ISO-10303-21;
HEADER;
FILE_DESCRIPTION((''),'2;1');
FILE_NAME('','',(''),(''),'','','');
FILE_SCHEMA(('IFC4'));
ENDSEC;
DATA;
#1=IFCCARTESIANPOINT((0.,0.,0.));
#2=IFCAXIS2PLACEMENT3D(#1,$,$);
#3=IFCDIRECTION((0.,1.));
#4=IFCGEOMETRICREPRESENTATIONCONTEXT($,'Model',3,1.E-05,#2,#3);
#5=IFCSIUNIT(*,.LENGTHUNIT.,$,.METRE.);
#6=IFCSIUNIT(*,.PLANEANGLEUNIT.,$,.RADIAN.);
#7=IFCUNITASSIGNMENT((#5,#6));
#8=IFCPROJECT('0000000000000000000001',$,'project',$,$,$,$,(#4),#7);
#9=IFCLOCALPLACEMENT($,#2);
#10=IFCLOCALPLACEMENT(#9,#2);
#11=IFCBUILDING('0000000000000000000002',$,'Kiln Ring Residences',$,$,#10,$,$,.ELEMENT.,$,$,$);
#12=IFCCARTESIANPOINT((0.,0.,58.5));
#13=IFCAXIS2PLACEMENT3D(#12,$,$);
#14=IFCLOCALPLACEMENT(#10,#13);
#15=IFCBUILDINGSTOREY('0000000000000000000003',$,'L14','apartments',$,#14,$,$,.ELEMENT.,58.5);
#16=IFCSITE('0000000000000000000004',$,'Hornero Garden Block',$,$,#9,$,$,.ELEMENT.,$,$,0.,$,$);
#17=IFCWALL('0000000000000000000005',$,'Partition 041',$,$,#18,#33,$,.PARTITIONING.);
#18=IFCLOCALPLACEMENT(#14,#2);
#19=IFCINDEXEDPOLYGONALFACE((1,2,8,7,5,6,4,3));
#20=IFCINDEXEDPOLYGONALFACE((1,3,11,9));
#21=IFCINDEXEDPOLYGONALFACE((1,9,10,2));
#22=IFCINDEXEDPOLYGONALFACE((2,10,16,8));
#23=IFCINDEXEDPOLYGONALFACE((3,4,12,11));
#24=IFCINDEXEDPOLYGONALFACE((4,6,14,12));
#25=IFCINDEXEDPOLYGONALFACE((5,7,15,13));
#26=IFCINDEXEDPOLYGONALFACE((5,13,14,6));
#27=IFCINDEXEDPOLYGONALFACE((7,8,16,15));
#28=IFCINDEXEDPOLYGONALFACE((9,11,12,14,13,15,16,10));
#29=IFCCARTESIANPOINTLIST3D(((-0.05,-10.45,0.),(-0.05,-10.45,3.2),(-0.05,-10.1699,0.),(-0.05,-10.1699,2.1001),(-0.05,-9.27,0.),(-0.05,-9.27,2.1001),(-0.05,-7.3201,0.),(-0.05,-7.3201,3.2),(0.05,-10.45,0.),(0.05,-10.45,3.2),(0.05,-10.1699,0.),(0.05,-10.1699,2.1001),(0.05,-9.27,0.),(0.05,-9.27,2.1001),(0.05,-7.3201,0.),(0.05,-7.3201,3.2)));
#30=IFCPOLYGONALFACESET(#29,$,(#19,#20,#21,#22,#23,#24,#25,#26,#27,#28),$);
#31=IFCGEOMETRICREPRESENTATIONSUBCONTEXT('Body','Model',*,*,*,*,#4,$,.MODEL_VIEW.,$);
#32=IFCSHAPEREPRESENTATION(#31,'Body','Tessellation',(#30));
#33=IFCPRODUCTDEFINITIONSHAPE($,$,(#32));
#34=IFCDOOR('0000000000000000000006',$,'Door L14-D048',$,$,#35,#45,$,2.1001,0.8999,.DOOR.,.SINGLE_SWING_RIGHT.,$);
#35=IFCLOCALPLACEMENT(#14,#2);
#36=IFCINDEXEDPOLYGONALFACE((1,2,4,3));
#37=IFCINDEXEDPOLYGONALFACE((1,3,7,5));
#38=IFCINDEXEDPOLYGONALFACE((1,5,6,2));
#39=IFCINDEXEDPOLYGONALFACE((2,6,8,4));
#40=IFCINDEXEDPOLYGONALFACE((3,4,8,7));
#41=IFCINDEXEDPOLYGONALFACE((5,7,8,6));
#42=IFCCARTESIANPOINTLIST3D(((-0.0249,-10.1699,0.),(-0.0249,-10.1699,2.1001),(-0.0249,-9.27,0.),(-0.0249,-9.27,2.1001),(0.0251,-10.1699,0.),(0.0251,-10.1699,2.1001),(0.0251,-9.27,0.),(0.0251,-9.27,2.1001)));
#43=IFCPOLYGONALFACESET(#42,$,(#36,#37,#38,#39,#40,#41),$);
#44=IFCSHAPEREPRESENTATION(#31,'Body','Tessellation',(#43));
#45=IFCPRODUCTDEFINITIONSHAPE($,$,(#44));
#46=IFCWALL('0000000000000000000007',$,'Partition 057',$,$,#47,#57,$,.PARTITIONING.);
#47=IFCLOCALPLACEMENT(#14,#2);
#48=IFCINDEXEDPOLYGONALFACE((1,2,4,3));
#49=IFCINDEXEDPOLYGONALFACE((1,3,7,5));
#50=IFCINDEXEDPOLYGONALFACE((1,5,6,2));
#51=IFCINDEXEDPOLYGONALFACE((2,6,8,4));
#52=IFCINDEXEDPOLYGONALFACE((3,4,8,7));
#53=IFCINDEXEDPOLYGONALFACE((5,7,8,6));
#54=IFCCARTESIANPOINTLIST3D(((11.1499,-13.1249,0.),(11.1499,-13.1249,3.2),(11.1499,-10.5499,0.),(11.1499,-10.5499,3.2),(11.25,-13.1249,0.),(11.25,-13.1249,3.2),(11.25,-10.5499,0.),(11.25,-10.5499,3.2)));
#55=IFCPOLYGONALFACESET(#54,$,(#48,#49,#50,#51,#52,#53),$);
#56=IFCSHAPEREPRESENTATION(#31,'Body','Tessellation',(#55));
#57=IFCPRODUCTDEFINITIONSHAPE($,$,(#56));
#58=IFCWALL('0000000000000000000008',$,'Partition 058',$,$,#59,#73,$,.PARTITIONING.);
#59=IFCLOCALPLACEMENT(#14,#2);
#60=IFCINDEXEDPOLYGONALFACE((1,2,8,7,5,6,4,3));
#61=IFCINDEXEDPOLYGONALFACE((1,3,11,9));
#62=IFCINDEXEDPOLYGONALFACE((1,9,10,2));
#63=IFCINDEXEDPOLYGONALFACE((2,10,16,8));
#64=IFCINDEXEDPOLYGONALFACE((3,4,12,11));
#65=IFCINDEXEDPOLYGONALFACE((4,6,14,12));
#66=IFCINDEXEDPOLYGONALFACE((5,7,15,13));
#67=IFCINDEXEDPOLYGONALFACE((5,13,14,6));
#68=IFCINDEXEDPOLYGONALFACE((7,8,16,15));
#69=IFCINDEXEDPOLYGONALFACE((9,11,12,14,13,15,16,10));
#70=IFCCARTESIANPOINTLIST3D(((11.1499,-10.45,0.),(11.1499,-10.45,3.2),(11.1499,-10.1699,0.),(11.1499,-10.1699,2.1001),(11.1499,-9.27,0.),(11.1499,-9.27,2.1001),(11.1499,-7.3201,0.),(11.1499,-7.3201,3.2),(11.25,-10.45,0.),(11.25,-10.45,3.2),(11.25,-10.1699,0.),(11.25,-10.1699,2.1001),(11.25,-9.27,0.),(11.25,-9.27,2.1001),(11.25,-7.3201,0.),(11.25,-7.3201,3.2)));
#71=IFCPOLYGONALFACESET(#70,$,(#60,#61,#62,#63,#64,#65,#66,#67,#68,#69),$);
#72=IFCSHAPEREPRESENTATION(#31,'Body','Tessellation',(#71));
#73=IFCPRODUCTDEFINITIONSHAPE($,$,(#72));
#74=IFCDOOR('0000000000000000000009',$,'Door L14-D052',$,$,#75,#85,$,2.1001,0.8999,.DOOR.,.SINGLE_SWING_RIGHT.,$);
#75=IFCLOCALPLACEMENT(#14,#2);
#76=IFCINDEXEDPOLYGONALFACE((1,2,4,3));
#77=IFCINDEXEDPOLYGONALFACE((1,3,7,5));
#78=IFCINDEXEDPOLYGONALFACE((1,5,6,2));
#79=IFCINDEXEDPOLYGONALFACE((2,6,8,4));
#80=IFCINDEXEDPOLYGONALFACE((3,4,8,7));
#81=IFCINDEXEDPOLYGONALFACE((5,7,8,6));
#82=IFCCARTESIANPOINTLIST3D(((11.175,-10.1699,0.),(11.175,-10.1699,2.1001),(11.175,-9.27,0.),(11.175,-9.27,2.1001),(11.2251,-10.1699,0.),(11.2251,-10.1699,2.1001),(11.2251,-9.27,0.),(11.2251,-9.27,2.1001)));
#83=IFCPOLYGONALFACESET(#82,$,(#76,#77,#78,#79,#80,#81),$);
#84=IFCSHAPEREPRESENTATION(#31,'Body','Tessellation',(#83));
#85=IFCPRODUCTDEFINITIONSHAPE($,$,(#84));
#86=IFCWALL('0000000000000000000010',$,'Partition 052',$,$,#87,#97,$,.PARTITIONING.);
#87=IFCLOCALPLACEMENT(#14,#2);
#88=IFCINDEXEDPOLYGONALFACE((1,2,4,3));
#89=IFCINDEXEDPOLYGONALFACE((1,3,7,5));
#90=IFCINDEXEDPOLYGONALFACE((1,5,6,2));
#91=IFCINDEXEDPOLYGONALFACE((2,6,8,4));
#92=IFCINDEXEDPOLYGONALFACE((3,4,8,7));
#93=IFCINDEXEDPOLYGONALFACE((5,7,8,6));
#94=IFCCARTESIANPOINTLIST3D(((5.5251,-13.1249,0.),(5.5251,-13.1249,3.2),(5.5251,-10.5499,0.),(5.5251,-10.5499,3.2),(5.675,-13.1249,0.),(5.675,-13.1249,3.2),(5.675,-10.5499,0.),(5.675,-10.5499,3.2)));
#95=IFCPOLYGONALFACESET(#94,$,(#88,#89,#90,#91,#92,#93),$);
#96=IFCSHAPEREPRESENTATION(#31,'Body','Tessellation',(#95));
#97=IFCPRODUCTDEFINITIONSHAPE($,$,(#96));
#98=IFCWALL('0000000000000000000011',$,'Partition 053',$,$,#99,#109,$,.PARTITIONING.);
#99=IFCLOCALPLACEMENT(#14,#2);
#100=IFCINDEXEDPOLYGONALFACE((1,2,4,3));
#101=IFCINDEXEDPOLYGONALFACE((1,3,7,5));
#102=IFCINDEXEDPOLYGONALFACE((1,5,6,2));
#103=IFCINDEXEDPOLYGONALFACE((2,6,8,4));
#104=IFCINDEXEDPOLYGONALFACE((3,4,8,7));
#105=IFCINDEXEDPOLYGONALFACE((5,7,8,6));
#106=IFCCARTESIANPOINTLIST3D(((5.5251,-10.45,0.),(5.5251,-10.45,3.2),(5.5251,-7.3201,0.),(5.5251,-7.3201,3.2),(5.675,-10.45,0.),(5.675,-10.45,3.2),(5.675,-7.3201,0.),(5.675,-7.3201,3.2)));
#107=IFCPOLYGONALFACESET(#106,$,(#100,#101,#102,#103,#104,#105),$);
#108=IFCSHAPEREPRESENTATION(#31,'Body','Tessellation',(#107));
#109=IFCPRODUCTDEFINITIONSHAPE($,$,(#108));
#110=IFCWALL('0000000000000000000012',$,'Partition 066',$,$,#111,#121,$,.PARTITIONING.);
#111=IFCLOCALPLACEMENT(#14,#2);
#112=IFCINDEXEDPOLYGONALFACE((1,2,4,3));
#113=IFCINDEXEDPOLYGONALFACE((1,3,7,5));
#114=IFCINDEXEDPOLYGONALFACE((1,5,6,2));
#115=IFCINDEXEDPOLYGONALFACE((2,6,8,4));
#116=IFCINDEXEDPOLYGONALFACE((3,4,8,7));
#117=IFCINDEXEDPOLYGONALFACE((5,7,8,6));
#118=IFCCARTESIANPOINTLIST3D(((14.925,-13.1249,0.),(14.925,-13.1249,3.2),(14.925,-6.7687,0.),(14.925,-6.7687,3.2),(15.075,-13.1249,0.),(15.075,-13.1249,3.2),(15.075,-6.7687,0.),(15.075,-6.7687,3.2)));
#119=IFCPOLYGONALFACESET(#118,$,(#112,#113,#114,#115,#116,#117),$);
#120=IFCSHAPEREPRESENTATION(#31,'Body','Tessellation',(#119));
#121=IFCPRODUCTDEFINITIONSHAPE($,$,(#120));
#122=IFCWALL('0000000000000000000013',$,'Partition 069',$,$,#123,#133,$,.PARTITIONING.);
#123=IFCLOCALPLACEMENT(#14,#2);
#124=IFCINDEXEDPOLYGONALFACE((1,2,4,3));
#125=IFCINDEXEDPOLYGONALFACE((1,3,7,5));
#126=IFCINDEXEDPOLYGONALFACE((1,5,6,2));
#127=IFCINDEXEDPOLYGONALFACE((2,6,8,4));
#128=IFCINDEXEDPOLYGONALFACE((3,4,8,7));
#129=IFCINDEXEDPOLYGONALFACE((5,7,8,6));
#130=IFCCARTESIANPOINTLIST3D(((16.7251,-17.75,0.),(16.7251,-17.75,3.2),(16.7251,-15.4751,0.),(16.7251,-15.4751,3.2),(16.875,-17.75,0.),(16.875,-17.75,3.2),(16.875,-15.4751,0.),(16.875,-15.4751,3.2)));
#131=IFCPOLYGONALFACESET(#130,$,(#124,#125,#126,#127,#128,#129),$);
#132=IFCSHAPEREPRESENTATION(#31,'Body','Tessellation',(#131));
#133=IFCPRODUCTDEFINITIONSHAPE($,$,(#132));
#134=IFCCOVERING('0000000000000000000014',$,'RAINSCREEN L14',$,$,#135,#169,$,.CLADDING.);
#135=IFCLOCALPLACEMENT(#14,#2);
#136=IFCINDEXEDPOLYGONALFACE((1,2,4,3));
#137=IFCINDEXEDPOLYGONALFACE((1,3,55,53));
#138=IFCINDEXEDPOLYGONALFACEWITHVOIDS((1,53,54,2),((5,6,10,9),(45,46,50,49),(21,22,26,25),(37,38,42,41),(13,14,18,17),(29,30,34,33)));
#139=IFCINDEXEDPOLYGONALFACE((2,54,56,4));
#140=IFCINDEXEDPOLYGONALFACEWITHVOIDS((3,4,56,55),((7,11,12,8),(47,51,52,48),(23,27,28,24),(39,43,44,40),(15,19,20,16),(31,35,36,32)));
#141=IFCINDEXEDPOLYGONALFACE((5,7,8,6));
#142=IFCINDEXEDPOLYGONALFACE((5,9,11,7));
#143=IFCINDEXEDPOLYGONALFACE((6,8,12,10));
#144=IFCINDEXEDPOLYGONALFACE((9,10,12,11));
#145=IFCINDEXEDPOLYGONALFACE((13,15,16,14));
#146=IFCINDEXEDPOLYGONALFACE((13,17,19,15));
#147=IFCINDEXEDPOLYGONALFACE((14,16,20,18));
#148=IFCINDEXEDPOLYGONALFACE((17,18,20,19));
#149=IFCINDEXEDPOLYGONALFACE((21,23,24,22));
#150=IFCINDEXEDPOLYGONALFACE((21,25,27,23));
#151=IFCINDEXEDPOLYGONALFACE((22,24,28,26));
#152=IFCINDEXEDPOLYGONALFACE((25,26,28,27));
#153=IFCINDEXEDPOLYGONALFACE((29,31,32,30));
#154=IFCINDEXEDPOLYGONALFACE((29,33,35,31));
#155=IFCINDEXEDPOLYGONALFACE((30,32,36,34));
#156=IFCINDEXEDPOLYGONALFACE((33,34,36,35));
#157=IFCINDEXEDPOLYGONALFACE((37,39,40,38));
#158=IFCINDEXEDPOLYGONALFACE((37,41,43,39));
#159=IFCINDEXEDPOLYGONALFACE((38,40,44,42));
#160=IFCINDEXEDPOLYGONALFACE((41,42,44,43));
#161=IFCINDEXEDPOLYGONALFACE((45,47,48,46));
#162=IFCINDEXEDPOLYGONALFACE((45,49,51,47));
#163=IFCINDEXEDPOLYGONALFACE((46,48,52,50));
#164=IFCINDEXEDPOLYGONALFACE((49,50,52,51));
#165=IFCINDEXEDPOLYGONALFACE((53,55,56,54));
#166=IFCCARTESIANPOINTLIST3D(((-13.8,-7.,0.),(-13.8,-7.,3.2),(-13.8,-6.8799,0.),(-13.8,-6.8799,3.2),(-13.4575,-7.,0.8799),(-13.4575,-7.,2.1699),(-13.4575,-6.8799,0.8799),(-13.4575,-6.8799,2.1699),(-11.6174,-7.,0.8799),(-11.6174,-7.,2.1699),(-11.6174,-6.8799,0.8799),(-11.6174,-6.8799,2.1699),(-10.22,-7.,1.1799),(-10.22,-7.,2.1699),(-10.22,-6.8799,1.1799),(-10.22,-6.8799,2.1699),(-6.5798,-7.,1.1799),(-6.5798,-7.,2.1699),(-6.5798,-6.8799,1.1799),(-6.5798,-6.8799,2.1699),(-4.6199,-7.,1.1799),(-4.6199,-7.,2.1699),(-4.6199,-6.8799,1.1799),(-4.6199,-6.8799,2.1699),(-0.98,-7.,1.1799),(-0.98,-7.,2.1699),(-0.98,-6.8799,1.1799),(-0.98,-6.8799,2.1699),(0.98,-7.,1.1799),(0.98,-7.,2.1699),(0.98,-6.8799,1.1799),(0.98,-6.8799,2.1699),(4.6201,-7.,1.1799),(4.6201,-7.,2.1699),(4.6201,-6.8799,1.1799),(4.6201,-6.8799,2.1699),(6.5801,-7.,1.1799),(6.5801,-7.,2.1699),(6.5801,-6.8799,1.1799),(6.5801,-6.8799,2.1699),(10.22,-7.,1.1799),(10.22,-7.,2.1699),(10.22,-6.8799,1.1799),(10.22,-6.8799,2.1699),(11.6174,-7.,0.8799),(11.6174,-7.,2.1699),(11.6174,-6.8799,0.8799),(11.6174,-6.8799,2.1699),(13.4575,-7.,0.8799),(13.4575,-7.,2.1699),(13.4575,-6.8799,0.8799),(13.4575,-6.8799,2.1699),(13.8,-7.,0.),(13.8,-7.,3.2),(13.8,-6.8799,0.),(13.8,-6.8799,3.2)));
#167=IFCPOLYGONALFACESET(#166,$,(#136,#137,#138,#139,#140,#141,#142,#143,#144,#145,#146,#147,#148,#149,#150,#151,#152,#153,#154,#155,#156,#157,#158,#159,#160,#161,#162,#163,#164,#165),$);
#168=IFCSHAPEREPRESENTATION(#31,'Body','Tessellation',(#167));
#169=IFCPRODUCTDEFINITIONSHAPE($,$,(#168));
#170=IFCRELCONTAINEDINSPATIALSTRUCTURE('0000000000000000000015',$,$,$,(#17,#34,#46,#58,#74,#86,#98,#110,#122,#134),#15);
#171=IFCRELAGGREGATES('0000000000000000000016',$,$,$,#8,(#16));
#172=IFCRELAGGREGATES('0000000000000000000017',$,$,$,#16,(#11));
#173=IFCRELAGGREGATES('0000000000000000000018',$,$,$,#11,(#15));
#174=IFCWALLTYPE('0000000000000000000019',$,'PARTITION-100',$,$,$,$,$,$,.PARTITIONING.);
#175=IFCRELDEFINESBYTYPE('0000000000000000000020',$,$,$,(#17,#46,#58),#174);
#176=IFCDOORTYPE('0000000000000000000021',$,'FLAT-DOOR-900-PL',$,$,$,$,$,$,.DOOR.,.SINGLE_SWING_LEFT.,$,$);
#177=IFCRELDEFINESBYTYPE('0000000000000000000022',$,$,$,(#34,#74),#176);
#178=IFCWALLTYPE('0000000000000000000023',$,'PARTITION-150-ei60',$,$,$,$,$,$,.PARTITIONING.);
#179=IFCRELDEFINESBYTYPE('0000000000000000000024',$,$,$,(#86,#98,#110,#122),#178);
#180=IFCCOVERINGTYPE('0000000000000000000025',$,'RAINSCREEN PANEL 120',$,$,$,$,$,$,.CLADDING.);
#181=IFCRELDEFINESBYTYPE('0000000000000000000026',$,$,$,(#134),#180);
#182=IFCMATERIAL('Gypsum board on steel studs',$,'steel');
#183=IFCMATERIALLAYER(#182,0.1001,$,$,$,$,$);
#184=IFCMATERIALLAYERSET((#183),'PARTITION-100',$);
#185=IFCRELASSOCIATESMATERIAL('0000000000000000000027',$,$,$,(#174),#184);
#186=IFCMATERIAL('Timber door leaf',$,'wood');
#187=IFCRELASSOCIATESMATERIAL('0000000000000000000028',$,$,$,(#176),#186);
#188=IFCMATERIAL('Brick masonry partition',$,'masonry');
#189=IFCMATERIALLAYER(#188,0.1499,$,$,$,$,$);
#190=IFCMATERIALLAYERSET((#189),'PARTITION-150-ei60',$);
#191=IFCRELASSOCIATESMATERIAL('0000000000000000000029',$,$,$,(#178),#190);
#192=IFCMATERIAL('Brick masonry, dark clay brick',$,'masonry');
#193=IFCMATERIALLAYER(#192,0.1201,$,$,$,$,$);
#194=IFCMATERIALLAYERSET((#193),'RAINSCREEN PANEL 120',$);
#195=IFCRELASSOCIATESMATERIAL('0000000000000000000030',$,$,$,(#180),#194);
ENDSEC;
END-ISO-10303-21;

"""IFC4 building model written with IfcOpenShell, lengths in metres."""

from ifc_helpers import new_model, si_unit, direction, frame, frame_2d, origin, place, context, subcontext, project, spatial, polyline, rectangle, outline, extrude, material, layer, layer_set, type_object, element, fill, save


model = new_model("IFC4")

# Units and contexts
model_context = context("Model", 3, precision=1e-05, world=origin(), true_north=direction((0.0, 1.0)))
body_context = subcontext(model_context, "Body", "Model", "MODEL_VIEW")
ifc_project = project(units=[si_unit("LENGTHUNIT", "METRE"), si_unit("PLANEANGLEUNIT", "RADIAN")], contexts=[model_context])

# Site, building, storey
site_placement = place(None, origin())
site = spatial("IfcSite", under=ifc_project, at=site_placement, Name="Hornero Garden Block", CompositionType="ELEMENT", RefElevation=0.0)
building_placement = place(site_placement, origin())
building = spatial("IfcBuilding", under=site, at=building_placement, Name="Kiln Ring Residences", CompositionType="ELEMENT")
storey_placement = place(building_placement, frame((0.0, 0.0, 58.5)))
storey = spatial("IfcBuildingStorey", under=building, at=storey_placement, Name="L14", Description="apartments", CompositionType="ELEMENT", Elevation=58.5)

# Shared definitions
ifc_material_1 = material(Name="Gypsum board on steel studs", Category="steel")
ifc_layer_1 = layer(ifc_material_1, 0.1001)
ifc_layer_set_1 = layer_set([ifc_layer_1], Name="PARTITION-100")
wall_type_1 = type_object("IfcWallType", Name="PARTITION-100", PredefinedType="PARTITIONING", material=ifc_layer_set_1)

# Wall, opening, door
wall_1_placement = place(storey_placement, frame((0.0, -10.45, 0.0), z_axis=(0.0, 0.0, 1.0), x_axis=(0.0, 1.0, 0.0)))
wall_1 = element("IfcWall", 1, at=wall_1_placement, inside=storey, type_object=wall_type_1, Name="Partition 041", PredefinedType="PARTITIONING", context=body_context, shape_type="SweptSolid", body=[
    extrude(rectangle(XDim=3.1299, YDim=0.1001, at=frame_2d((1.5649, 0.0))), origin(), (0.0, 0.0, 1.0), 3.2),
])
opening_1_placement = place(wall_1_placement, frame((0.28, 0.0, 0.0)))
opening_1 = element("IfcOpeningElement", 2, at=opening_1_placement, cuts=wall_1, PredefinedType="OPENING", context=body_context, shape_type="SweptSolid", body=[
    extrude(rectangle(XDim=0.8999, YDim=2.1001, at=frame_2d((0.45, 1.05))), frame((0.0, 0.0601, 0.0), z_axis=(0.0, -1.0, 0.0), x_axis=(1.0, 0.0, 0.0)), (0.0, 0.0, 1.0), 0.1201),
])
ifc_material_2 = material(Name="Timber door leaf", Category="wood")
door_type = type_object("IfcDoorType", Name="FLAT-DOOR-900-PL", OperationType="SINGLE_SWING_LEFT", PredefinedType="DOOR", material=ifc_material_2)
door_1_placement = place(opening_1_placement, origin())
door_1 = element("IfcDoor", 3, at=door_1_placement, inside=storey, type_object=door_type, Name="Door L14-D048", OperationType="SINGLE_SWING_RIGHT", OverallHeight=2.1001, OverallWidth=0.8999, PredefinedType="DOOR", context=body_context, shape_type="SweptSolid", body=[
    extrude(rectangle(XDim=0.8999, YDim=2.1001, at=frame_2d((0.45, 1.05))), frame((0.0, 0.0249, 0.0), z_axis=(0.0, -1.0, 0.0), x_axis=(1.0, 0.0, 0.0)), (0.0, 0.0, 1.0), 0.05),
])
fill(opening_1, door_1)

# Wall
wall_2_placement = place(storey_placement, frame((11.2, -13.125, 0.0), z_axis=(0.0, 0.0, 1.0), x_axis=(0.0, 1.0, 0.0)))
element("IfcWall", 4, at=wall_2_placement, inside=storey, type_object=wall_type_1, Name="Partition 057", PredefinedType="PARTITIONING", context=body_context, shape_type="SweptSolid", body=[
    extrude(rectangle(XDim=2.575, YDim=0.1001, at=frame_2d((1.2876, 0.0))), origin(), (0.0, 0.0, 1.0), 3.2),
])

# Wall, opening, door
wall_3_placement = place(storey_placement, frame((11.2, -10.45, 0.0), z_axis=(0.0, 0.0, 1.0), x_axis=(0.0, 1.0, 0.0)))
wall_3 = element("IfcWall", 5, at=wall_3_placement, inside=storey, type_object=wall_type_1, Name="Partition 058", PredefinedType="PARTITIONING", context=body_context, shape_type="SweptSolid", body=[
    extrude(rectangle(XDim=3.1299, YDim=0.1001, at=frame_2d((1.5649, 0.0))), origin(), (0.0, 0.0, 1.0), 3.2),
])
opening_2_placement = place(wall_3_placement, frame((0.28, 0.0, 0.0)))
opening_2 = element("IfcOpeningElement", 6, at=opening_2_placement, cuts=wall_3, PredefinedType="OPENING", context=body_context, shape_type="SweptSolid", body=[
    extrude(rectangle(XDim=0.8999, YDim=2.1001, at=frame_2d((0.45, 1.05))), frame((0.0, 0.0601, 0.0), z_axis=(0.0, -1.0, 0.0), x_axis=(1.0, 0.0, 0.0)), (0.0, 0.0, 1.0), 0.1201),
])
door_2_placement = place(opening_2_placement, origin())
door_2 = element("IfcDoor", 7, at=door_2_placement, inside=storey, type_object=door_type, Name="Door L14-D052", OperationType="SINGLE_SWING_RIGHT", OverallHeight=2.1001, OverallWidth=0.8999, PredefinedType="DOOR", context=body_context, shape_type="SweptSolid", body=[
    extrude(rectangle(XDim=0.8999, YDim=2.1001, at=frame_2d((0.45, 1.05))), frame((0.0, 0.0249, 0.0), z_axis=(0.0, -1.0, 0.0), x_axis=(1.0, 0.0, 0.0)), (0.0, 0.0, 1.0), 0.05),
])
fill(opening_2, door_2)

# Walls
ifc_material_3 = material(Name="Brick masonry partition", Category="masonry")
ifc_layer_2 = layer(ifc_material_3, 0.1499)
ifc_layer_set_2 = layer_set([ifc_layer_2], Name="PARTITION-150-ei60")
wall_type_2 = type_object("IfcWallType", Name="PARTITION-150-ei60", PredefinedType="PARTITIONING", material=ifc_layer_set_2)
wall_4_placement = place(storey_placement, frame((5.6001, -13.125, 0.0), z_axis=(0.0, 0.0, 1.0), x_axis=(0.0, 1.0, 0.0)))
element("IfcWall", 8, at=wall_4_placement, inside=storey, type_object=wall_type_2, Name="Partition 052", PredefinedType="PARTITIONING", context=body_context, shape_type="SweptSolid", body=[
    extrude(rectangle(XDim=2.575, YDim=0.1499, at=frame_2d((1.2876, 0.0))), origin(), (0.0, 0.0, 1.0), 3.2),
])
wall_5_placement = place(storey_placement, frame((5.6001, -10.45, 0.0), z_axis=(0.0, 0.0, 1.0), x_axis=(0.0, 1.0, 0.0)))
element("IfcWall", 9, at=wall_5_placement, inside=storey, type_object=wall_type_2, Name="Partition 053", PredefinedType="PARTITIONING", context=body_context, shape_type="SweptSolid", body=[
    extrude(rectangle(XDim=3.1299, YDim=0.1499, at=frame_2d((1.5649, 0.0))), origin(), (0.0, 0.0, 1.0), 3.2),
])
wall_6_placement = place(storey_placement, frame((15.0, -13.125, 0.0), z_axis=(0.0, 0.0, 1.0), x_axis=(0.0, 1.0, 0.0)))
element("IfcWall", 10, at=wall_6_placement, inside=storey, type_object=wall_type_2, Name="Partition 066", PredefinedType="PARTITIONING", context=body_context, shape_type="SweptSolid", body=[
    extrude(rectangle(XDim=6.3562, YDim=0.1499, at=frame_2d((3.1782, 0.0))), origin(), (0.0, 0.0, 1.0), 3.2),
])
wall_7_placement = place(storey_placement, frame((16.8, -17.75, 0.0), z_axis=(0.0, 0.0, 1.0), x_axis=(0.0, 1.0, 0.0)))
element("IfcWall", 11, at=wall_7_placement, inside=storey, type_object=wall_type_2, Name="Partition 069", PredefinedType="PARTITIONING", context=body_context, shape_type="SweptSolid", body=[
    extrude(rectangle(XDim=2.2749, YDim=0.1499, at=frame_2d((1.1375, 0.0))), origin(), (0.0, 0.0, 1.0), 3.2),
])

# Covering
ifc_material_4 = material(Name="Brick masonry, dark clay brick", Category="masonry")
ifc_layer_3 = layer(ifc_material_4, 0.1201)
ifc_layer_set_3 = layer_set([ifc_layer_3], Name="RAINSCREEN PANEL 120")
covering_type_1 = type_object("IfcCoveringType", Name="RAINSCREEN PANEL 120", PredefinedType="CLADDING", material=ifc_layer_set_3)
covering_1_placement = place(storey_placement, frame((13.8, -6.9399, 0.0), z_axis=(0.0, 0.0, 1.0), x_axis=(-1.0, 0.0, 0.0)))
element("IfcCovering", 12, at=covering_1_placement, inside=storey, type_object=covering_type_1, Name="RAINSCREEN L14", PredefinedType="CLADDING", context=body_context, shape_type="SweptSolid", body=[
    extrude(outline(polyline([(0.0, 0.0), (27.6001, 0.0), (27.6001, 3.2), (0.0, 3.2), (0.0, 0.0)]), holes=[polyline([(2.1826, 0.8799), (2.1826, 2.1699), (0.3425, 2.1699), (0.3425, 0.8799), (2.1826, 0.8799)]), polyline([(25.4175, 0.8799), (27.2576, 0.8799), (27.2576, 2.1699), (25.4175, 2.1699), (25.4175, 0.8799)]), polyline([(3.5801, 1.1799), (7.22, 1.1799), (7.22, 2.1699), (3.5801, 2.1699), (3.5801, 1.1799)]), polyline([(12.8201, 1.1799), (12.8201, 2.1699), (9.1799, 2.1699), (9.1799, 1.1799), (12.8201, 1.1799)]), polyline([(14.78, 1.1799), (18.4199, 1.1799), (18.4199, 2.1699), (14.78, 2.1699), (14.78, 1.1799)]), polyline([(20.3799, 1.1799), (24.02, 1.1799), (24.02, 2.1699), (20.3799, 2.1699), (20.3799, 1.1799)])]), frame((0.0, 0.0601, 0.0), z_axis=(0.0, -1.0, 0.0), x_axis=(1.0, 0.0, 0.0)), (0.0, 0.0, 1.0), 0.1201),
])

save(model, "model.ifc")
